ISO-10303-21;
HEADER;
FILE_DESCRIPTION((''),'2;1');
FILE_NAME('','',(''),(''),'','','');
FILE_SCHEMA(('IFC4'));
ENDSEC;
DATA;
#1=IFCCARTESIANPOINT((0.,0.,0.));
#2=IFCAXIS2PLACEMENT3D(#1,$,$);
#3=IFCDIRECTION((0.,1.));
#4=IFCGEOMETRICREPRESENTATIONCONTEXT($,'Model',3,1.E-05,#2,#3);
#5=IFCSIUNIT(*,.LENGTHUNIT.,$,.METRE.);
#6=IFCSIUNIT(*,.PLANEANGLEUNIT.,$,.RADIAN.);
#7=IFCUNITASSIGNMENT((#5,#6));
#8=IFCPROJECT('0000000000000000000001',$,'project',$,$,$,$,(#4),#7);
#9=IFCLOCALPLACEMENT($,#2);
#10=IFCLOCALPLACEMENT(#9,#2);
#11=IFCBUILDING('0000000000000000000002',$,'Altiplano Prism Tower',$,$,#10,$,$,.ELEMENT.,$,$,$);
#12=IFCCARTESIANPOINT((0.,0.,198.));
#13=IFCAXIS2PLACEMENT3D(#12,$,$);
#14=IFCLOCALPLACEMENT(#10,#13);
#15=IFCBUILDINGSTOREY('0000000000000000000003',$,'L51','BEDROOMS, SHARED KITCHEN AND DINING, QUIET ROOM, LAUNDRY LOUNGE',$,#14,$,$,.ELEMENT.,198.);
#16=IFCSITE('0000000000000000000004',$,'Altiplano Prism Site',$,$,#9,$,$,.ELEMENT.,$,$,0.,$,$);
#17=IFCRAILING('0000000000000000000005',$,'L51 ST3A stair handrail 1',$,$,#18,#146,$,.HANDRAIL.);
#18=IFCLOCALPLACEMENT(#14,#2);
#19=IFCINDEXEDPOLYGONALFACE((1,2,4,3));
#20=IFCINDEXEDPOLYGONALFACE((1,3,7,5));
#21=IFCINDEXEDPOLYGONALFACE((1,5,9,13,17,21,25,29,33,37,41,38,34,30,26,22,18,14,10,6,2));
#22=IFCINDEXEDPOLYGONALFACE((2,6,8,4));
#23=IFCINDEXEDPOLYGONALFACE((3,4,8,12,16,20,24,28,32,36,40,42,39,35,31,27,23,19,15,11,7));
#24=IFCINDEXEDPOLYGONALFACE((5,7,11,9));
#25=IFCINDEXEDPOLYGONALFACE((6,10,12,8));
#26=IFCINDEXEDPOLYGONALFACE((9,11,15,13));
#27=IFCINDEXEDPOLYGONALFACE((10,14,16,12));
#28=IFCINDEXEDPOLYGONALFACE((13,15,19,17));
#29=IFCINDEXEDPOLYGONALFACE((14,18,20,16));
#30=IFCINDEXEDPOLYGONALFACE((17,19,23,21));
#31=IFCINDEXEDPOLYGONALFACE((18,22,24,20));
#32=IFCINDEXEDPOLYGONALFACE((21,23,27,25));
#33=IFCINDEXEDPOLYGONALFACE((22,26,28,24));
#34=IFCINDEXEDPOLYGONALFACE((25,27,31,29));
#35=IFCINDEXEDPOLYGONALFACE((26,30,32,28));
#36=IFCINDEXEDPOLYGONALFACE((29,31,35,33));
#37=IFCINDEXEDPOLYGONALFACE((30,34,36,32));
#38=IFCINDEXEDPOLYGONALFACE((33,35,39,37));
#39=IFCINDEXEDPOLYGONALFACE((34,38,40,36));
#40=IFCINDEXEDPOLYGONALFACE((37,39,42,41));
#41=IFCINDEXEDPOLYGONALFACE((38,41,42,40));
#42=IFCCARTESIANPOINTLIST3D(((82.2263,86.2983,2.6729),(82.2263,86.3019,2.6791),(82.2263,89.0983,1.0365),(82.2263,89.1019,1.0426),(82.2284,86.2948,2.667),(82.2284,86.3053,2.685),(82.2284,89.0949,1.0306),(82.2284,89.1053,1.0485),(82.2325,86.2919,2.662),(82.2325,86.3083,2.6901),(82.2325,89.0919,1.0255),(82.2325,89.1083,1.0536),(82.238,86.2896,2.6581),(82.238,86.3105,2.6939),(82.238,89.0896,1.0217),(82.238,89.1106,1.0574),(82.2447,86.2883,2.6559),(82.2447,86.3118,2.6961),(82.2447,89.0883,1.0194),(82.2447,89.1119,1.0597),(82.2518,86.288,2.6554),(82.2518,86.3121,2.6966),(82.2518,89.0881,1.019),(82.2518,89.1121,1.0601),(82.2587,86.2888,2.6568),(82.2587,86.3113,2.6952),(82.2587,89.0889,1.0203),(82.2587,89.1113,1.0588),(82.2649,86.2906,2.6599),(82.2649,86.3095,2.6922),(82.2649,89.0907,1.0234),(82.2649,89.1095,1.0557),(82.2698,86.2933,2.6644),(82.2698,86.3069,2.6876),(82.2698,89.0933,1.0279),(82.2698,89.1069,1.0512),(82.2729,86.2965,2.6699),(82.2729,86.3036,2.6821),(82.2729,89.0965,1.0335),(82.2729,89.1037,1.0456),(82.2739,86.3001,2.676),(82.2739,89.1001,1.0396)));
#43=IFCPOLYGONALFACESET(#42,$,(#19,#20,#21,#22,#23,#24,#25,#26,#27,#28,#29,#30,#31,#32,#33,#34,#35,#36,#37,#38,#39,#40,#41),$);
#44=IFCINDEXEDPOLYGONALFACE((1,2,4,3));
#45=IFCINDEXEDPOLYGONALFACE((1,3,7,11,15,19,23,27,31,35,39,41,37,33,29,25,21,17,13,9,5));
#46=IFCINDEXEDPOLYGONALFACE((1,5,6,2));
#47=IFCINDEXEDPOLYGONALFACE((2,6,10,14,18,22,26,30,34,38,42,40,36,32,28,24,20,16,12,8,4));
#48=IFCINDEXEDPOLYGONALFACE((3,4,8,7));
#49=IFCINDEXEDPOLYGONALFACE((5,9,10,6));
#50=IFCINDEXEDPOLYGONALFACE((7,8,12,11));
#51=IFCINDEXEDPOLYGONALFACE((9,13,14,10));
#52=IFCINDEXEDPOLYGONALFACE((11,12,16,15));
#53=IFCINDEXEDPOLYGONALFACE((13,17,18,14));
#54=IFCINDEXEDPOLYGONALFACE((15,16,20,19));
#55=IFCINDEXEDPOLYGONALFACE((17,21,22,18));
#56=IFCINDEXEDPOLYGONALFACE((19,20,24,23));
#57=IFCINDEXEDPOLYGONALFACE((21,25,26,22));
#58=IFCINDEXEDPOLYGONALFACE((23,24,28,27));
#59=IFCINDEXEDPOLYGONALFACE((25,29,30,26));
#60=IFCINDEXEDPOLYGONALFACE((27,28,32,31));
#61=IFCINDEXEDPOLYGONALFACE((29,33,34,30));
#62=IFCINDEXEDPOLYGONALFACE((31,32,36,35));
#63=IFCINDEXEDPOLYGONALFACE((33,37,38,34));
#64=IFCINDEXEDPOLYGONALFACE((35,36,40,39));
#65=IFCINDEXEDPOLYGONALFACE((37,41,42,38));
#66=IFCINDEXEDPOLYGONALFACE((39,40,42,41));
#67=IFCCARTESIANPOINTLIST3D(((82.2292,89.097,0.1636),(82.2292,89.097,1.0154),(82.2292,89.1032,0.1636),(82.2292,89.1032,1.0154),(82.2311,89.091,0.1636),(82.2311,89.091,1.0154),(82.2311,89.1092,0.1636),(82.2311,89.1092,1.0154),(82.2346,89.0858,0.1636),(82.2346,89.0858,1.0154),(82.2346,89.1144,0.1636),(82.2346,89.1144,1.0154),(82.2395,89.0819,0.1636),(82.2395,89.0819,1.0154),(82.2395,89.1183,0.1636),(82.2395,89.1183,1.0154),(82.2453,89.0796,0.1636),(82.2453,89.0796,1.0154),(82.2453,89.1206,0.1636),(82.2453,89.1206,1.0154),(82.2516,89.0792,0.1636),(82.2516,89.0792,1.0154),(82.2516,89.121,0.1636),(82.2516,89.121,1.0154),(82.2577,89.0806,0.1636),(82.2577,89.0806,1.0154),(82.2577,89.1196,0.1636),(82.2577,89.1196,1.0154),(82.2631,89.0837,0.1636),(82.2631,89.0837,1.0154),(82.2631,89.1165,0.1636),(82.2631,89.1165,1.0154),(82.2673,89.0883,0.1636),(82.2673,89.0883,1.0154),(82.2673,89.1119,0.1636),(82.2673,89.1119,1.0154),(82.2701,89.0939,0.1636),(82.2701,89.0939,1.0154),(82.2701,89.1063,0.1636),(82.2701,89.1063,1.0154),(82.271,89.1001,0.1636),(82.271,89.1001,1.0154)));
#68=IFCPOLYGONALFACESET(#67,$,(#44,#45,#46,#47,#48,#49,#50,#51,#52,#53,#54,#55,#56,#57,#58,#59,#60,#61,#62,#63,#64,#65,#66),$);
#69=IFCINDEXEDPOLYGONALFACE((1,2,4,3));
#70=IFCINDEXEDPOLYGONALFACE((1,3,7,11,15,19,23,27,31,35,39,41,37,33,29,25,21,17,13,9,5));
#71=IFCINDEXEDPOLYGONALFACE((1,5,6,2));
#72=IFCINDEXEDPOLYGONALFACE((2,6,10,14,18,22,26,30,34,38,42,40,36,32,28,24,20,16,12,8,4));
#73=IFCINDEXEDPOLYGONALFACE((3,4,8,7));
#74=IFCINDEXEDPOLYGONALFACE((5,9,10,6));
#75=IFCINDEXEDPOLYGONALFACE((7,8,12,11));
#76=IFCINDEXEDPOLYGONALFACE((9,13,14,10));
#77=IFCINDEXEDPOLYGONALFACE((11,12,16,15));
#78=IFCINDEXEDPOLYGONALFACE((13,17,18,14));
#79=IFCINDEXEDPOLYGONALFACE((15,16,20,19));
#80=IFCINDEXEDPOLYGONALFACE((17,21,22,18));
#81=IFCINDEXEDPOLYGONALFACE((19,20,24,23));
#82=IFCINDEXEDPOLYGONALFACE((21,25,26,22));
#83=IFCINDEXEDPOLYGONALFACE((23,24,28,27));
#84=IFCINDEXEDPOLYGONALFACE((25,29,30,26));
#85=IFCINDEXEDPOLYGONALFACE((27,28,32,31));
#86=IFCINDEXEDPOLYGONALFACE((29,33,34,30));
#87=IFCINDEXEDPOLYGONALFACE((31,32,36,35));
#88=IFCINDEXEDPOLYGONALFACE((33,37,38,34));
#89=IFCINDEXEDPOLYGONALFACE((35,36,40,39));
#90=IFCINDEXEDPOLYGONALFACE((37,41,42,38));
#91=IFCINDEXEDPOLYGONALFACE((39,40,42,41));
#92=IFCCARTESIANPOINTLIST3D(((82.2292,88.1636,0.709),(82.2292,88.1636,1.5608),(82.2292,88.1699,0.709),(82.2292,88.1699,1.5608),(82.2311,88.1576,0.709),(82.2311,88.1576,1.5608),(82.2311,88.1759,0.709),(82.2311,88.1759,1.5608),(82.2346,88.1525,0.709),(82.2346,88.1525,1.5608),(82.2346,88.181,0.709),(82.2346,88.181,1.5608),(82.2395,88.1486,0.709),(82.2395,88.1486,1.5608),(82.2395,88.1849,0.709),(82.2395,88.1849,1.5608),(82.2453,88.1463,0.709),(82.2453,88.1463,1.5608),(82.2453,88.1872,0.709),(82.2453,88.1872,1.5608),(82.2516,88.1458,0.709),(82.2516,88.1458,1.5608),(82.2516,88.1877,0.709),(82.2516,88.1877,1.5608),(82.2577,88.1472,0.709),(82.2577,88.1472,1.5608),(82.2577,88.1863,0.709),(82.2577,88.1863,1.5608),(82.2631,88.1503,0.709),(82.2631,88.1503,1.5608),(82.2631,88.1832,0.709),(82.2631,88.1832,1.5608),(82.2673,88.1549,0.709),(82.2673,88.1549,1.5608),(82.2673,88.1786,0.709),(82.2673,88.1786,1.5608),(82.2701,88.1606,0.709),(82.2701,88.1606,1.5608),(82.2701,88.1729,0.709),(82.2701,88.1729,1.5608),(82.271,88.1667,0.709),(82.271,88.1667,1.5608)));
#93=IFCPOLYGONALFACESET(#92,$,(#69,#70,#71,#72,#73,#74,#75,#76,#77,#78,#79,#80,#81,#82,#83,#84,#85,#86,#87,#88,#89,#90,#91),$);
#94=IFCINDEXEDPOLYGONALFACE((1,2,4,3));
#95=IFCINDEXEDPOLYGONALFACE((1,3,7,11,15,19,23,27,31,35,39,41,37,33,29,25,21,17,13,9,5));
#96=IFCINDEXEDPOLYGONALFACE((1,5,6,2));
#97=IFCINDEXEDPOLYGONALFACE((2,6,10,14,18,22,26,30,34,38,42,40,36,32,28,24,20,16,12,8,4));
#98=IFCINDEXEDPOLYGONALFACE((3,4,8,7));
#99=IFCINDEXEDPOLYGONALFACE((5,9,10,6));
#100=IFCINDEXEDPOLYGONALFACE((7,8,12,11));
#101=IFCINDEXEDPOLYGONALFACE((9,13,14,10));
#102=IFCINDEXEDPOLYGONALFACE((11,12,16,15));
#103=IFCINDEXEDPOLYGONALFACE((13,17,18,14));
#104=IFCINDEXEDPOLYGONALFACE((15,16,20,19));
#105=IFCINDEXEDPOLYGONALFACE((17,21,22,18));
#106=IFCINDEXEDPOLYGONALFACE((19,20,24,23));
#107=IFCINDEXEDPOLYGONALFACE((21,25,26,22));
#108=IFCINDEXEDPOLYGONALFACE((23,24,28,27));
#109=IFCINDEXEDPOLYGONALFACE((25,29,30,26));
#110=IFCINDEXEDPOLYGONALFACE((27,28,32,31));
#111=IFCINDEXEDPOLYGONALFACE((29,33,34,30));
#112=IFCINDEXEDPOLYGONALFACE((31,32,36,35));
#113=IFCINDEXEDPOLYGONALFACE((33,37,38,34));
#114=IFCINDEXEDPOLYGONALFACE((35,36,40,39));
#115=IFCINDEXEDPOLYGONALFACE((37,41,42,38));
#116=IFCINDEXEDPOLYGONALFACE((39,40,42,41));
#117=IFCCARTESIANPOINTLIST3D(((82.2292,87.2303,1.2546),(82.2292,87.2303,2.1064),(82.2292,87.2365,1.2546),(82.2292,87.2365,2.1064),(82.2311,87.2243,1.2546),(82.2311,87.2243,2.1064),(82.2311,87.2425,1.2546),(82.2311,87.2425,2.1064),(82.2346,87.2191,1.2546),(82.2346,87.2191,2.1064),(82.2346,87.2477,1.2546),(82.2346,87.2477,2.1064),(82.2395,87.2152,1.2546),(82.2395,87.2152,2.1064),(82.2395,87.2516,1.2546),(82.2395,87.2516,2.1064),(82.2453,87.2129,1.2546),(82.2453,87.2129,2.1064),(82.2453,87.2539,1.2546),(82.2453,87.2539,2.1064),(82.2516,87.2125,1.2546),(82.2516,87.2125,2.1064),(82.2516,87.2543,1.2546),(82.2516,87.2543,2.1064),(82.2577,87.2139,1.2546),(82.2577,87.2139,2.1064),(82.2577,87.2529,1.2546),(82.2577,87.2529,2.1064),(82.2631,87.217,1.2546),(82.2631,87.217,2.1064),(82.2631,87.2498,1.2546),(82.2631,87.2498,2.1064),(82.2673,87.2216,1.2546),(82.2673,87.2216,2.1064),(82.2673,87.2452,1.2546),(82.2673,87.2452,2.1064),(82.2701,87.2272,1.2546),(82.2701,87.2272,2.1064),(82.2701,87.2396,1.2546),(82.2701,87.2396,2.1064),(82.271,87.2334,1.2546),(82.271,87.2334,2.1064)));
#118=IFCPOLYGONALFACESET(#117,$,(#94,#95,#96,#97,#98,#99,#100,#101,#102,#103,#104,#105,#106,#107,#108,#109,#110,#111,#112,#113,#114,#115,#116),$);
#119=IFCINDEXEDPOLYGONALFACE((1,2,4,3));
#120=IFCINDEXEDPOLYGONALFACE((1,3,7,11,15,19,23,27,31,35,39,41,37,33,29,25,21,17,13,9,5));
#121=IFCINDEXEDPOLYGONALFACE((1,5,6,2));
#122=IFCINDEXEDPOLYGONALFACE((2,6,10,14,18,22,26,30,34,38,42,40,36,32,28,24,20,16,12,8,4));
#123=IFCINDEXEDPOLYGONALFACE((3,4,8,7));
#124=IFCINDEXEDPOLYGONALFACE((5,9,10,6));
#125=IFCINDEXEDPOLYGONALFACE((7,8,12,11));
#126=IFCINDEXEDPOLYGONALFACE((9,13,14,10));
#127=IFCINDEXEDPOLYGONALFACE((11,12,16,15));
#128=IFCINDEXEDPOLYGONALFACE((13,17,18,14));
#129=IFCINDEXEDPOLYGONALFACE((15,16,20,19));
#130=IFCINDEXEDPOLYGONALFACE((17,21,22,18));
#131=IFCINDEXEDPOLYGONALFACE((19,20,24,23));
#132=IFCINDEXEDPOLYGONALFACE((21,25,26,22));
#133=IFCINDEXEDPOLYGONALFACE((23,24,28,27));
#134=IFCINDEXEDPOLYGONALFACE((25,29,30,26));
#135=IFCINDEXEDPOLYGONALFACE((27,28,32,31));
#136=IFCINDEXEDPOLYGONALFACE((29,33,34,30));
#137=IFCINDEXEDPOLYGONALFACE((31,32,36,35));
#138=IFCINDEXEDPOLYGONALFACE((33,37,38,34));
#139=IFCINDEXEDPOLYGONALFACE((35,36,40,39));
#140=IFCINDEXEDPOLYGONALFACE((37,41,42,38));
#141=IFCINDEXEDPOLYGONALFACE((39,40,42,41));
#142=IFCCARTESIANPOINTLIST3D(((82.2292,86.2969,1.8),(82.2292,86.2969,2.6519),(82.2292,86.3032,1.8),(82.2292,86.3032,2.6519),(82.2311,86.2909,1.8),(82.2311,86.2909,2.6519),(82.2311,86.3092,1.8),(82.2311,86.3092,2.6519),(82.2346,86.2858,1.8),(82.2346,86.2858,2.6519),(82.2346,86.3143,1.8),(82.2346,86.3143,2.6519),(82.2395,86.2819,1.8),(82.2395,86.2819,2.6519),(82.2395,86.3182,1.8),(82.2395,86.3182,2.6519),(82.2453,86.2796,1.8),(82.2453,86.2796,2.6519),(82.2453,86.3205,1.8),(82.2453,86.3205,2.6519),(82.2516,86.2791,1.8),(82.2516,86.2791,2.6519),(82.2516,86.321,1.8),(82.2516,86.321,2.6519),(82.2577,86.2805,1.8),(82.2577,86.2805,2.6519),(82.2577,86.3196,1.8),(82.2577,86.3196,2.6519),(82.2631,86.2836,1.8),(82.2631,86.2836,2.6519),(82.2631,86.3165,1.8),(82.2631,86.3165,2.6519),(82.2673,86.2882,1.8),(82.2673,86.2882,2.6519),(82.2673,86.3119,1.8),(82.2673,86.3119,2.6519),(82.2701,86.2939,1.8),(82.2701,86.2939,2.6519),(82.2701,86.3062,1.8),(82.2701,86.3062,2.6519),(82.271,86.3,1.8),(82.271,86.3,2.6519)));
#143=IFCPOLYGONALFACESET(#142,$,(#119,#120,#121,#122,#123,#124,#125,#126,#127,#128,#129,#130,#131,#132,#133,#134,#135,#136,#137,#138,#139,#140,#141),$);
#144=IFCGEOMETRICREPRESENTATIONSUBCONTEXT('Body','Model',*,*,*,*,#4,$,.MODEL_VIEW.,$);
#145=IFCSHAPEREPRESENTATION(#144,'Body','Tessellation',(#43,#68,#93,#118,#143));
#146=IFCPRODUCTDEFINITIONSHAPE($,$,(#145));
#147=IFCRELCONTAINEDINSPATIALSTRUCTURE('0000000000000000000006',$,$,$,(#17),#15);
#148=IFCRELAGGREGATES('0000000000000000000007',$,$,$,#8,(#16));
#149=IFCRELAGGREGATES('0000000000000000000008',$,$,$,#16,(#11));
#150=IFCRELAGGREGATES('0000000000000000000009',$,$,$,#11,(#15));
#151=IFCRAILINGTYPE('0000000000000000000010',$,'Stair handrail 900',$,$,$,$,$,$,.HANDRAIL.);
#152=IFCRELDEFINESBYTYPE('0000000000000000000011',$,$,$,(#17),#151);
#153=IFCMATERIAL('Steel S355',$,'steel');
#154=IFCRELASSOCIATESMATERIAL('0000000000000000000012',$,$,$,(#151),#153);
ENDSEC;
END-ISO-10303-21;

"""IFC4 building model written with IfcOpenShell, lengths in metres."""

from ifc_helpers import new_model, si_unit, direction, frame, origin, origin_2d, place, context, subcontext, project, spatial, circle, extrude, material, type_object, element, save


model = new_model("IFC4")

# Units and contexts
model_context = context("Model", 3, precision=1e-05, world=origin(), true_north=direction((0.0, 1.0)))
body_context = subcontext(model_context, "Body", "Model", "MODEL_VIEW")
ifc_project = project(units=[si_unit("LENGTHUNIT", "METRE"), si_unit("PLANEANGLEUNIT", "RADIAN")], contexts=[model_context])

# Site, building, storey
site_placement = place(None, origin())
site = spatial("IfcSite", under=ifc_project, at=site_placement, Name="Altiplano Prism Site", CompositionType="ELEMENT", RefElevation=0.0)
building_placement = place(site_placement, origin())
building = spatial("IfcBuilding", under=site, at=building_placement, Name="Altiplano Prism Tower", CompositionType="ELEMENT")
storey_placement = place(building_placement, frame((0.0, 0.0, 198.0)))
storey = spatial("IfcBuildingStorey", under=building, at=storey_placement, Name="L51", Description="BEDROOMS, SHARED KITCHEN AND DINING, QUIET ROOM, LAUNDRY LOUNGE", CompositionType="ELEMENT", Elevation=198.0)

# Railing
ifc_material_1 = material(Name="Steel S355", Category="steel")
railing_type = type_object("IfcRailingType", Name="Stair handrail 900", PredefinedType="HANDRAIL", material=ifc_material_1)
railing_placement = place(storey_placement, frame((82.25, 89.1001, 0.1636)))
element("IfcRailing", 1, at=railing_placement, inside=storey, type_object=railing_type, Name="L51 ST3A stair handrail 1", PredefinedType="HANDRAIL", context=body_context, shape_type="SweptSolid", body=[
    extrude(circle(Radius=0.0239, at=origin_2d()), frame((0.0, 0.0, 0.876), z_axis=(0.0, -0.863361, 0.504587), x_axis=(1.0, 0.0, 0.0)), (0.0, 0.0, 1.0), 3.2432),
    extrude(circle(Radius=0.021, at=origin_2d()), origin(), (0.0, 0.0, 1.0), 0.8518),
    extrude(circle(Radius=0.021, at=origin_2d()), frame((0.0, -0.9333, 0.5454)), (0.0, 0.0, 1.0), 0.8518),
    extrude(circle(Radius=0.021, at=origin_2d()), frame((0.0, -1.8667, 1.0911)), (0.0, 0.0, 1.0), 0.8518),
    extrude(circle(Radius=0.021, at=origin_2d()), frame((0.0, -2.8, 1.6365)), (0.0, 0.0, 1.0), 0.8518),
])

save(model, "model.ifc")
